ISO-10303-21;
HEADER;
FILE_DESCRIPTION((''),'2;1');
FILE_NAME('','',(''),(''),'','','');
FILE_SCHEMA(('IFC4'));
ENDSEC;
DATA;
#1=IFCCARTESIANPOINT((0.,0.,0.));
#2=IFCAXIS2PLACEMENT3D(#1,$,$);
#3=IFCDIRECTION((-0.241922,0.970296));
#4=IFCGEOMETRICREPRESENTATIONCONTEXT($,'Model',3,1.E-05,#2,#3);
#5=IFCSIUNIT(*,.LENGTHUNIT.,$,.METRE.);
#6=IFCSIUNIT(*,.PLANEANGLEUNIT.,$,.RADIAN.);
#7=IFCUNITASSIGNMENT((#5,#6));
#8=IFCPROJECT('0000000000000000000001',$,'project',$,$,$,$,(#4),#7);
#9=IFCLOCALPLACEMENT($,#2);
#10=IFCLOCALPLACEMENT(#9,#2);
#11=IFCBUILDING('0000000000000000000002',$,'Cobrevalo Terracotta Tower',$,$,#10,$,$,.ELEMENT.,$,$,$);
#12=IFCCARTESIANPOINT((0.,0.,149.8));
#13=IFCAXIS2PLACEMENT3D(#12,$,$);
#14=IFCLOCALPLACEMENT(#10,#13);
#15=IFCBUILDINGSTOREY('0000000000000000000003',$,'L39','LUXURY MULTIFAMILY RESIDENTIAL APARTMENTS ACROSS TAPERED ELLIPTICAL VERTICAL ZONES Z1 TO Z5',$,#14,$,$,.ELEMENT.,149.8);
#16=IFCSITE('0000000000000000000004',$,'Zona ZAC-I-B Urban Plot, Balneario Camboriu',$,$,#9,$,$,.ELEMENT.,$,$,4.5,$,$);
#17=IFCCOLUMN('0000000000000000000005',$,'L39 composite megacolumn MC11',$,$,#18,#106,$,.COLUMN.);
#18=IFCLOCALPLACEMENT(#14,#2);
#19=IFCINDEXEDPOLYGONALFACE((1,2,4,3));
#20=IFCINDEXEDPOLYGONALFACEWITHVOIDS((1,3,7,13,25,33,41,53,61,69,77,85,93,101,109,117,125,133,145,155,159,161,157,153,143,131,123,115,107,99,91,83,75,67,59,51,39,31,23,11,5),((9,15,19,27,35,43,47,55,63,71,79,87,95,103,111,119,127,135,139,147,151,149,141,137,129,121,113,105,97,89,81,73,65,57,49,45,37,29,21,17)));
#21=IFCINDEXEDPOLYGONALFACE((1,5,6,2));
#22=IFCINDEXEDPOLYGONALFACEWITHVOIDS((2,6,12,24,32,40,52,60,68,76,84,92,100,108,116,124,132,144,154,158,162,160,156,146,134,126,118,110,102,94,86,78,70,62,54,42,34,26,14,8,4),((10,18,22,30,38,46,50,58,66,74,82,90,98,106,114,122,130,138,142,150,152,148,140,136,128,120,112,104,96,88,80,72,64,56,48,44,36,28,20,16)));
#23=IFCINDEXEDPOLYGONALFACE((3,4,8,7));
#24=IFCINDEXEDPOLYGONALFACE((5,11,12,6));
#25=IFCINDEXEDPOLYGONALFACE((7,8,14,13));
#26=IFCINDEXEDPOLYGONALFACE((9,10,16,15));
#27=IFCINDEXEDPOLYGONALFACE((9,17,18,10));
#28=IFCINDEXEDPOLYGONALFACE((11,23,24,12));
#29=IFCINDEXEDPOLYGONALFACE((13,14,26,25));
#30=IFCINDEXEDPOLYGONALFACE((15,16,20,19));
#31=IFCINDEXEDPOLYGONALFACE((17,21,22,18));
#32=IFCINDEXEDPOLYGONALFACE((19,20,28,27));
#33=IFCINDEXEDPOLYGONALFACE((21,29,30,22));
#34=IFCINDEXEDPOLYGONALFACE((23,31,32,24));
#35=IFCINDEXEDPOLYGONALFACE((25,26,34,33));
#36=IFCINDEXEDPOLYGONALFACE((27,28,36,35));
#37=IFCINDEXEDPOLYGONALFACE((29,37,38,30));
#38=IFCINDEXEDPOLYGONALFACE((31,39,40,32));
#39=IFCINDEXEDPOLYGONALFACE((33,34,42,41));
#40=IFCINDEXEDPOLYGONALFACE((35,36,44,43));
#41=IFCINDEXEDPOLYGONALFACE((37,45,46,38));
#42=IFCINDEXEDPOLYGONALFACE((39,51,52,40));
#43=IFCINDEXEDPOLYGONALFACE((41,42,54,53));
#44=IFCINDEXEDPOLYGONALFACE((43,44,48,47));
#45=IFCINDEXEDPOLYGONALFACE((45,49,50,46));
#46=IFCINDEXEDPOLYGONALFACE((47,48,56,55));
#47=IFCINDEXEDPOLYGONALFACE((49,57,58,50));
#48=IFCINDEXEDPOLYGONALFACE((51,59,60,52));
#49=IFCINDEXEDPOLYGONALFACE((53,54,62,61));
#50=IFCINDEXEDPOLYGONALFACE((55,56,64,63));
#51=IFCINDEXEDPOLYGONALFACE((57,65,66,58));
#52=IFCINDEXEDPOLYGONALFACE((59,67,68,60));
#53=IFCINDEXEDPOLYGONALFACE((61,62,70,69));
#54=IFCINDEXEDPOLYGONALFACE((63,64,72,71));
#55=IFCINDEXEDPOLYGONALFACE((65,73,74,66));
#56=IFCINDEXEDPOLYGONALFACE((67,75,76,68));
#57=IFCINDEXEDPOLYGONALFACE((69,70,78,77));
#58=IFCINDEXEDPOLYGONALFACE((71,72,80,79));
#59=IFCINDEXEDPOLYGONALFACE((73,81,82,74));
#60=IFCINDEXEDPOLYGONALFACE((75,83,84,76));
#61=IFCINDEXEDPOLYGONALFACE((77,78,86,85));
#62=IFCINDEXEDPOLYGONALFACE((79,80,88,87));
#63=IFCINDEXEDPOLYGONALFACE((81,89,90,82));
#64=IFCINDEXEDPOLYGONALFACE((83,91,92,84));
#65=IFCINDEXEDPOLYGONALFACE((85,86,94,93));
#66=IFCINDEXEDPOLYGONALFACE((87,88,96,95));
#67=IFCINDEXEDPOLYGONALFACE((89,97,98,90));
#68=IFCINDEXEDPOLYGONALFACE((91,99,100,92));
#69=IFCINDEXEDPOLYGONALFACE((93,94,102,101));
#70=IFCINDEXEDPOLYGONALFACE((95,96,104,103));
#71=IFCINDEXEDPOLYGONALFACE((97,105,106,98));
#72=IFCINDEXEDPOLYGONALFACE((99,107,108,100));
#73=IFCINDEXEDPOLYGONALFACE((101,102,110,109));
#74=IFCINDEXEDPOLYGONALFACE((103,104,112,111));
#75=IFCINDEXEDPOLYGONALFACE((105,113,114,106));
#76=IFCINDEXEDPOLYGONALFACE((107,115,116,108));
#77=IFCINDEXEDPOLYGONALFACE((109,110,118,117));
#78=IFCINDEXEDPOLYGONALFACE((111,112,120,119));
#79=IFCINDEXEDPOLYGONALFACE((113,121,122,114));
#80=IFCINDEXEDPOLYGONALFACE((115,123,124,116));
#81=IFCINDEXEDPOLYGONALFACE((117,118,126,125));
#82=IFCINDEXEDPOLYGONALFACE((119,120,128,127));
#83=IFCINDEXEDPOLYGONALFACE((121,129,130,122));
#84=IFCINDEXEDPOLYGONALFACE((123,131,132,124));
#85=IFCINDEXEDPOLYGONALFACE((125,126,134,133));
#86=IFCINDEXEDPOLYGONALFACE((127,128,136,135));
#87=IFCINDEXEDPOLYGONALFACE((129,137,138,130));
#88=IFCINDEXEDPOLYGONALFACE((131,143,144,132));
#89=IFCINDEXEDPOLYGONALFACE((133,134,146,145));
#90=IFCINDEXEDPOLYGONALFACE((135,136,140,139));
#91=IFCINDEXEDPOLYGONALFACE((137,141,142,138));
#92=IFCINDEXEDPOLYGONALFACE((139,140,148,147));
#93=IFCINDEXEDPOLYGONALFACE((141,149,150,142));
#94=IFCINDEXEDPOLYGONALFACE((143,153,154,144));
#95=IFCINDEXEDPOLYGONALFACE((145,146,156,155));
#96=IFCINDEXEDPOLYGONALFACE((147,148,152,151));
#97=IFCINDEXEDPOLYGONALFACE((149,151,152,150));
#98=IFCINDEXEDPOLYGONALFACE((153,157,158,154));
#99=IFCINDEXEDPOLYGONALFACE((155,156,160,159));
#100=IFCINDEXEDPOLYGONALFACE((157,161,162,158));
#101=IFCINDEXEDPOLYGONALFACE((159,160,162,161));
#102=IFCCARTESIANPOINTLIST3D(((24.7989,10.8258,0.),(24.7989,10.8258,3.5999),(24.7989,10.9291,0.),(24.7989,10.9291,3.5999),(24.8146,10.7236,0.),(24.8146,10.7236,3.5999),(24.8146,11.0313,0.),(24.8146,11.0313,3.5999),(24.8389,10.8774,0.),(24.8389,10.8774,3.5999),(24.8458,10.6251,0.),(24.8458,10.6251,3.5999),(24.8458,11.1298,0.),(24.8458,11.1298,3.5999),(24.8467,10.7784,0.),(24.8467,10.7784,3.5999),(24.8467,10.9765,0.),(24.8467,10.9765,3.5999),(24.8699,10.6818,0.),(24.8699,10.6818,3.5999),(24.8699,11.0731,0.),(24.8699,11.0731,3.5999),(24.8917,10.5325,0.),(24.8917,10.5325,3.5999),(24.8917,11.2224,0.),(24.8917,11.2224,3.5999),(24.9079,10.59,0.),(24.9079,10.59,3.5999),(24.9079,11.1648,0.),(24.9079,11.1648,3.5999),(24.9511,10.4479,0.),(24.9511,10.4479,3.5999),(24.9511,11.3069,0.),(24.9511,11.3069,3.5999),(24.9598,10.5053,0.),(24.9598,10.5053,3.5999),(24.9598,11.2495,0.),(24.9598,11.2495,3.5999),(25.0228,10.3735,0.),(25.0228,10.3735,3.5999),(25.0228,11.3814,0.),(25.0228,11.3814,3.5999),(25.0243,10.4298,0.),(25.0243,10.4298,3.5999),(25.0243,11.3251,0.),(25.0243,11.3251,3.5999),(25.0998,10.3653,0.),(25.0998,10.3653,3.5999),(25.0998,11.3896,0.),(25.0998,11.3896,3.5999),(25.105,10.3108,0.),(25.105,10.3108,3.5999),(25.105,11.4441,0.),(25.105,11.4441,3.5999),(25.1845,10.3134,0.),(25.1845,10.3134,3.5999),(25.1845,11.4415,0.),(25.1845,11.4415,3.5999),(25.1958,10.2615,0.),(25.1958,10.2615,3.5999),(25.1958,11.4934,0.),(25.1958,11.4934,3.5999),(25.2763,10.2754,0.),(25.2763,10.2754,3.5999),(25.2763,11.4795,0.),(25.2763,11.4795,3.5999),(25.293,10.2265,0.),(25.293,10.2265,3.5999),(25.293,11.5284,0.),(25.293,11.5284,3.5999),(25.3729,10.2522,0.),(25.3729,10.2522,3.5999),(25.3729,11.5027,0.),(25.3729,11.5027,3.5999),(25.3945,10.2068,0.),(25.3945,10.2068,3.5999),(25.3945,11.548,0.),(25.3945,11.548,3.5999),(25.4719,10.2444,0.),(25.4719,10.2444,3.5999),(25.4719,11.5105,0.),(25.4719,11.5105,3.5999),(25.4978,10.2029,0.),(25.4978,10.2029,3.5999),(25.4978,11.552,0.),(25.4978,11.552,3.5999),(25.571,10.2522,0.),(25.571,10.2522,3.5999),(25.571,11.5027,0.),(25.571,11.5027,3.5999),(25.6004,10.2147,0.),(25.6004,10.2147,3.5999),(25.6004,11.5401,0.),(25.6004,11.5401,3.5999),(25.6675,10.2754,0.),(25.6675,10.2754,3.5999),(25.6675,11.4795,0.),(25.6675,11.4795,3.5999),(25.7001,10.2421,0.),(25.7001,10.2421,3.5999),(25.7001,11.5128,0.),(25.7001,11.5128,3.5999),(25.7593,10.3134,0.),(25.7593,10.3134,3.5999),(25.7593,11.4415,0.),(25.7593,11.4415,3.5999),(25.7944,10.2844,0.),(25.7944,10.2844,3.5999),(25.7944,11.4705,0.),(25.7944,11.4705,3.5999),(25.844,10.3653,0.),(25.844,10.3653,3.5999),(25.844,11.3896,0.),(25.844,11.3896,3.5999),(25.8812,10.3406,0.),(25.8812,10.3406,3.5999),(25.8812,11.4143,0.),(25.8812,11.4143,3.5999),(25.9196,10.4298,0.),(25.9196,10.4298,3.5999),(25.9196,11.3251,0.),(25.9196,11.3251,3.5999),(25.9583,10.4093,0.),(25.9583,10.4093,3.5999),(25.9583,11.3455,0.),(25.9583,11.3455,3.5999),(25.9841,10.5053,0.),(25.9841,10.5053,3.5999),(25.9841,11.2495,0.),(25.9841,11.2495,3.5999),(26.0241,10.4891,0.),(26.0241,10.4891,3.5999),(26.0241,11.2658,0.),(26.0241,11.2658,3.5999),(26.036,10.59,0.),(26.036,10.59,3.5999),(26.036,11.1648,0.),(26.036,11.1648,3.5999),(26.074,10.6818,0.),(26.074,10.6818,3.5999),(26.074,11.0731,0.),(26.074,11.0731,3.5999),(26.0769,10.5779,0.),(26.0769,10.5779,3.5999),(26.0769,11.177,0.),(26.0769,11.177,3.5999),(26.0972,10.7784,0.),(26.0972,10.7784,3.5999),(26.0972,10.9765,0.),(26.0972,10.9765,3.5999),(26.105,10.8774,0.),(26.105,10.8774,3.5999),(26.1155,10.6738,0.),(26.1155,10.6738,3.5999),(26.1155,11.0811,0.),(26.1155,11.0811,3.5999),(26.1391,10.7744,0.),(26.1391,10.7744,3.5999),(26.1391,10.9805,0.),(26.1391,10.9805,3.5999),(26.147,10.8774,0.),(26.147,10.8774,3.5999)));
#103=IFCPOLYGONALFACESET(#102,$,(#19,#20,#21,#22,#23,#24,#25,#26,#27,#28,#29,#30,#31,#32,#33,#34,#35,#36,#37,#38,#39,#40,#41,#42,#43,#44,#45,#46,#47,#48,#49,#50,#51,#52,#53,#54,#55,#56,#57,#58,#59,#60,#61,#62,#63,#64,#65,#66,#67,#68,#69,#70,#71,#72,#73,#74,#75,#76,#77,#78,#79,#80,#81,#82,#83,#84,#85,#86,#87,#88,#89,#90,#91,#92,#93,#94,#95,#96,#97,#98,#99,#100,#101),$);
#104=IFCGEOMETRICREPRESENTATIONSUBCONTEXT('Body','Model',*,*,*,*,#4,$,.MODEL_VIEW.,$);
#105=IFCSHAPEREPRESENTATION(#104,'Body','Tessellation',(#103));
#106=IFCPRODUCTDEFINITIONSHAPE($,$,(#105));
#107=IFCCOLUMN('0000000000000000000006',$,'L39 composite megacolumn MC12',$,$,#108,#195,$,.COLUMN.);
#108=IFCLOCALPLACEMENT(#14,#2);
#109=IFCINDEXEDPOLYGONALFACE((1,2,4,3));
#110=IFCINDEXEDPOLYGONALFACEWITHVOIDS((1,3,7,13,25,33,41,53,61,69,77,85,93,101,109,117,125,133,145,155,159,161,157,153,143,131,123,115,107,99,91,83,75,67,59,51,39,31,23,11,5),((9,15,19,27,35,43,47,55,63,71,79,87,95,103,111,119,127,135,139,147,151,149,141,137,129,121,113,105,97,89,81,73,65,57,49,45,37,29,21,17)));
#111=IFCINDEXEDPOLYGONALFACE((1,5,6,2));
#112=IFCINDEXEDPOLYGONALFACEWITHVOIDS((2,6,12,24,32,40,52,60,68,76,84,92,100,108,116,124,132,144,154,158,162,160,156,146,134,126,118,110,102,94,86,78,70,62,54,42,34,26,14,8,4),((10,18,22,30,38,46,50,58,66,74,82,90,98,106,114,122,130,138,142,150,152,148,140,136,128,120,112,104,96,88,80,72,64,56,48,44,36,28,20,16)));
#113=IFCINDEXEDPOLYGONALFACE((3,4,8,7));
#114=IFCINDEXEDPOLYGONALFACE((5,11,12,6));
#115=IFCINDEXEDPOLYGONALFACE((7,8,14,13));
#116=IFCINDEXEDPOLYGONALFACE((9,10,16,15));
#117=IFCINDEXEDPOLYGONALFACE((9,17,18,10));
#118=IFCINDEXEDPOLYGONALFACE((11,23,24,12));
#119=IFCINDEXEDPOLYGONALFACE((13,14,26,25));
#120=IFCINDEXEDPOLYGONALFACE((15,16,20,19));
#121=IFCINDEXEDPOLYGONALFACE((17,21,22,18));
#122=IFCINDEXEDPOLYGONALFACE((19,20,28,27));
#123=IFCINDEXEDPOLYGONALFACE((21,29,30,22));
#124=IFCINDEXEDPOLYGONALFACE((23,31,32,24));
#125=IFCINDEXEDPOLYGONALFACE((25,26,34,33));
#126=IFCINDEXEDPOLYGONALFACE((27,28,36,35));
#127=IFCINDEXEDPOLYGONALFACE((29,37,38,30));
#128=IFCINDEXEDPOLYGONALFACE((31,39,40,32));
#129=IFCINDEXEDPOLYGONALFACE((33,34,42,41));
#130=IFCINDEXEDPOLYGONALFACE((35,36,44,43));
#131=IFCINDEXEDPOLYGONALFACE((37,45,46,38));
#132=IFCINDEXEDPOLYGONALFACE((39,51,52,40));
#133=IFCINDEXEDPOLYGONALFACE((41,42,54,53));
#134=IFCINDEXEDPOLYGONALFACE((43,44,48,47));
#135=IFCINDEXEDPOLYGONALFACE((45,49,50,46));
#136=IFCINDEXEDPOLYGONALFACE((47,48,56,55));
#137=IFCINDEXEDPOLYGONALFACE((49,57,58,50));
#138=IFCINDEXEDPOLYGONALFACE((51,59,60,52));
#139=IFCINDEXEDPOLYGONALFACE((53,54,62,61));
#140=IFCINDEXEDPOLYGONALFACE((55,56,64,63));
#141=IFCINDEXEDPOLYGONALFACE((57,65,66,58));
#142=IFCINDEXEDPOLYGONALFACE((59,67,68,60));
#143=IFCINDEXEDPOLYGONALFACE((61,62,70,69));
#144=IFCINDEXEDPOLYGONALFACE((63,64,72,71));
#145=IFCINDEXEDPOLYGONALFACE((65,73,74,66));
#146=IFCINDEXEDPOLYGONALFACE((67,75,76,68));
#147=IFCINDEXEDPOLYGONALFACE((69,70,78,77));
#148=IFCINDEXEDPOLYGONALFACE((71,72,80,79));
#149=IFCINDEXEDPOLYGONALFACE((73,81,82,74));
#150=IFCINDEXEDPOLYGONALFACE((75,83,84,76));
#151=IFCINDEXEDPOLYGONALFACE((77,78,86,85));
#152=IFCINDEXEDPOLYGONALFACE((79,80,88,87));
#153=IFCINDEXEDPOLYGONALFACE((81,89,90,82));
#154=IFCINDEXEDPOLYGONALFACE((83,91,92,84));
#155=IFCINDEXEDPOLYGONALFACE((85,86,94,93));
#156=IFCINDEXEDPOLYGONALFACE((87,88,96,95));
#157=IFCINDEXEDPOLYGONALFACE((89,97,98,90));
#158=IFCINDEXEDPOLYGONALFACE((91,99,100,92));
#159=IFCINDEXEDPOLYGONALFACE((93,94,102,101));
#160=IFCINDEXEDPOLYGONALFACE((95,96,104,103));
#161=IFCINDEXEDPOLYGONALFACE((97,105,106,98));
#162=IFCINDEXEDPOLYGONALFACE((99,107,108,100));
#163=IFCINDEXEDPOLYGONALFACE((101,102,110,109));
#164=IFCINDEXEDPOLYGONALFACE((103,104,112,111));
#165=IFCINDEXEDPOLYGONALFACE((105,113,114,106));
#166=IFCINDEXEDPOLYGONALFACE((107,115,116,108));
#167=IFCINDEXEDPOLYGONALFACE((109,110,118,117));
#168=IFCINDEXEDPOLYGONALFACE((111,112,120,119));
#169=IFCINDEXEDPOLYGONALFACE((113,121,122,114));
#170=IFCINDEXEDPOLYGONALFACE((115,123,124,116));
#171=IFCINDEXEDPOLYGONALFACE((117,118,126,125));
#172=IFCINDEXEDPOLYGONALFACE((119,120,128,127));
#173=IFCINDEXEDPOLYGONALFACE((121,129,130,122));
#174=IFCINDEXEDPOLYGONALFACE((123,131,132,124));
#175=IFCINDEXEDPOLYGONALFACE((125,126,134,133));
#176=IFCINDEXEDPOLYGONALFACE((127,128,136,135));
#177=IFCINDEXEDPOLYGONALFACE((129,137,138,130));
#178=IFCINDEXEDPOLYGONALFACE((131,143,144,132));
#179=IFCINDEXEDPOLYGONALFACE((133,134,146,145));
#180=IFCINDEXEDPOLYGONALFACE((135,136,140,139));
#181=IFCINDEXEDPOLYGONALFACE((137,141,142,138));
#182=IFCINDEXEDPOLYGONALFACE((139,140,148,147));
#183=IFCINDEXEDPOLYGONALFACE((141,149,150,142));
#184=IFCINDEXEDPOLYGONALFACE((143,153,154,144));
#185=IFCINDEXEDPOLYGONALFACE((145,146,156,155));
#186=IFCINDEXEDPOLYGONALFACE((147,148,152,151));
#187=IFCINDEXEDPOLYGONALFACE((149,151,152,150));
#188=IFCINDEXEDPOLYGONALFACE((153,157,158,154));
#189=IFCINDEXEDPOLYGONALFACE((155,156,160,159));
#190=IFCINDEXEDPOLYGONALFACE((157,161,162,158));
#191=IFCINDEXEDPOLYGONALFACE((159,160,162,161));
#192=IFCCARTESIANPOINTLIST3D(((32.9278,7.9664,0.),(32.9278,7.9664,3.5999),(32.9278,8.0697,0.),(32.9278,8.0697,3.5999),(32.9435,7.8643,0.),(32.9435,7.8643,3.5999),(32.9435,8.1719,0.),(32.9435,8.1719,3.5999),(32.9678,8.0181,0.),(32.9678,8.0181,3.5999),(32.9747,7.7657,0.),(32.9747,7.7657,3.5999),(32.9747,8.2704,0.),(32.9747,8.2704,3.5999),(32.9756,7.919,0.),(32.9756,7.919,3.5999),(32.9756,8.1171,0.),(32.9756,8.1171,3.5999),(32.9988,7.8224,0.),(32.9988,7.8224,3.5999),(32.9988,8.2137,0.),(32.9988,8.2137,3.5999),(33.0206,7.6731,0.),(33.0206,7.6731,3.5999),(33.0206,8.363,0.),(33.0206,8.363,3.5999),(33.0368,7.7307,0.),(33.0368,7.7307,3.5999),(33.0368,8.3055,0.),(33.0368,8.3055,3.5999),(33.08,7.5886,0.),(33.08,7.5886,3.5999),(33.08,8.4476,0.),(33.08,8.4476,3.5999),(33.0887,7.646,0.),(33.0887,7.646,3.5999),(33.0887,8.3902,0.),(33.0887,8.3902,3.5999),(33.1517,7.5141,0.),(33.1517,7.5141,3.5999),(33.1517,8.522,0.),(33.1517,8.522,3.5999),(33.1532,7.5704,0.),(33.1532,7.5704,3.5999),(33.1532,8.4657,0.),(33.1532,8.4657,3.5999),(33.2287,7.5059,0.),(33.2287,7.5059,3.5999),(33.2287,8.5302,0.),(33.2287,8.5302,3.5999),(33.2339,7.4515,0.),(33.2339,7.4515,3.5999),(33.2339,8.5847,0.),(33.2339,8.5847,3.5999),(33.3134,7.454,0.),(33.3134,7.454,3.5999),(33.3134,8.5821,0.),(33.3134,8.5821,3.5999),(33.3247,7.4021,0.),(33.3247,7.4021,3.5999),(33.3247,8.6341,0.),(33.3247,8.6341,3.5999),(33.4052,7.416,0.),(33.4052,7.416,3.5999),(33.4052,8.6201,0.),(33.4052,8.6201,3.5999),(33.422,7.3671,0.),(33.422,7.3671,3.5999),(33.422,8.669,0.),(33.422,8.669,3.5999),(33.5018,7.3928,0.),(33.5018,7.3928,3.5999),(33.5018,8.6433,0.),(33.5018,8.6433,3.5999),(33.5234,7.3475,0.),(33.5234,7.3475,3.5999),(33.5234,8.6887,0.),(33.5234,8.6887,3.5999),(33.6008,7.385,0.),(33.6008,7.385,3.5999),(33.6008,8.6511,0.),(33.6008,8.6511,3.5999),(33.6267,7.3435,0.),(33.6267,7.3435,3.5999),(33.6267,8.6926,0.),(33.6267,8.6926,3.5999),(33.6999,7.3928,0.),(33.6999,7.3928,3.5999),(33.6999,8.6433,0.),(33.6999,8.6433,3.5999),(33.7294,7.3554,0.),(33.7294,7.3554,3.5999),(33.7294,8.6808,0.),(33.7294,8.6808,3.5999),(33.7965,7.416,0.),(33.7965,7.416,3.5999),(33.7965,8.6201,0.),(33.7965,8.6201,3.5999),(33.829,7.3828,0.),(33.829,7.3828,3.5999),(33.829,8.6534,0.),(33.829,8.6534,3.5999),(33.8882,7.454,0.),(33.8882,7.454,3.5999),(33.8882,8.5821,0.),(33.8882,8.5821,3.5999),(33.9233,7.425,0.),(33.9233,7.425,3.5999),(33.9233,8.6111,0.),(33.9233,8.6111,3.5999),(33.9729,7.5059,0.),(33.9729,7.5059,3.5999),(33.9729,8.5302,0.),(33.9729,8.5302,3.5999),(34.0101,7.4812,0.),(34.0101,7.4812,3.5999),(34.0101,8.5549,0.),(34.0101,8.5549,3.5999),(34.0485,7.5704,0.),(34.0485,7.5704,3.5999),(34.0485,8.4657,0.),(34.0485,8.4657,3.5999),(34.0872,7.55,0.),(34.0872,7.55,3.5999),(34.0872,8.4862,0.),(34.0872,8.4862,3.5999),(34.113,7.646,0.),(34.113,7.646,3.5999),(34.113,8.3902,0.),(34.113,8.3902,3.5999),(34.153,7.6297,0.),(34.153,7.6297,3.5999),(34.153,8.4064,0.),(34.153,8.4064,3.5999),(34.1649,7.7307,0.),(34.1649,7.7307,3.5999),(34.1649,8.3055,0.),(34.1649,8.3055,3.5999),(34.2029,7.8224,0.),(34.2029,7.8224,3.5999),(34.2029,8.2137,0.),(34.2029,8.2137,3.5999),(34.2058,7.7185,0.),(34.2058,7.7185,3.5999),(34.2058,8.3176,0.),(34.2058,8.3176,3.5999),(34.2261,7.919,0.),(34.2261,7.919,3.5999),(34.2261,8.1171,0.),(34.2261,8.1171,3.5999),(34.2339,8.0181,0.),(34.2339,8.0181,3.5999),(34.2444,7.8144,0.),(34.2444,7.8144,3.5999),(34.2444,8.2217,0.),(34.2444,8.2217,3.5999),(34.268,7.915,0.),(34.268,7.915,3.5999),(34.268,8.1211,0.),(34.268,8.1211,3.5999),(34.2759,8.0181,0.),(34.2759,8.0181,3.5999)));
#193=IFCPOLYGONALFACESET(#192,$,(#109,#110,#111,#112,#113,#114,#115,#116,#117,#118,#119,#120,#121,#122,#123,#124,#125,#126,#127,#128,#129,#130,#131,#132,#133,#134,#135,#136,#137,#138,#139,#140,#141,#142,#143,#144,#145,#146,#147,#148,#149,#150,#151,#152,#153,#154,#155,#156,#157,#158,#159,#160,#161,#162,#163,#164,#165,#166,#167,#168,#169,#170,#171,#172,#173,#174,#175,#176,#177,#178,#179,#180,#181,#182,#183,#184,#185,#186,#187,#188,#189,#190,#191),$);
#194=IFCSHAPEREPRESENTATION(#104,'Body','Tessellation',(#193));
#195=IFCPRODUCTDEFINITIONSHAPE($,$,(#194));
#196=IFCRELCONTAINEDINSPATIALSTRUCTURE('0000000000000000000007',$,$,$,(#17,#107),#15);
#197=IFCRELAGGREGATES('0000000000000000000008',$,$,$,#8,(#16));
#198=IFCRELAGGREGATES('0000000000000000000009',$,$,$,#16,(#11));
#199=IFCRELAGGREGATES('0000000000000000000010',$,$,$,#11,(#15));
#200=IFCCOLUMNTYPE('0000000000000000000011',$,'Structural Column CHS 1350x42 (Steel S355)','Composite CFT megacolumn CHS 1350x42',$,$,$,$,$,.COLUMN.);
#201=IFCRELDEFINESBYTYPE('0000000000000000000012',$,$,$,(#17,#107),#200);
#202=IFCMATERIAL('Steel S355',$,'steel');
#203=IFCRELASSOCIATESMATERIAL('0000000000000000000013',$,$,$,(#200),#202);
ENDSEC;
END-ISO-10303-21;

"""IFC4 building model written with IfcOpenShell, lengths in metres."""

from ifc_helpers import new_model, si_unit, direction, frame, origin, origin_2d, place, context, subcontext, project, spatial, hollow_circle, extrude, material, material_profile, profile_set, type_object, element, save


model = new_model("IFC4")

# Units and contexts
model_context = context("Model", 3, precision=1e-05, world=origin(), true_north=direction((-0.241922, 0.970296)))
body_context = subcontext(model_context, "Body", "Model", "MODEL_VIEW")
ifc_project = project(units=[si_unit("LENGTHUNIT", "METRE"), si_unit("PLANEANGLEUNIT", "RADIAN")], contexts=[model_context])

# Site, building, storey
site_placement = place(None, origin())
site = spatial("IfcSite", under=ifc_project, at=site_placement, Name="Zona ZAC-I-B Urban Plot, Balneario Camboriu", CompositionType="ELEMENT", RefElevation=4.5)
building_placement = place(site_placement, origin())
building = spatial("IfcBuilding", under=site, at=building_placement, Name="Cobrevalo Terracotta Tower", CompositionType="ELEMENT")
storey_placement = place(building_placement, frame((0.0, 0.0, 149.8)))
storey = spatial("IfcBuildingStorey", under=building, at=storey_placement, Name="L39", Description="LUXURY MULTIFAMILY RESIDENTIAL APARTMENTS ACROSS TAPERED ELLIPTICAL VERTICAL ZONES Z1 TO Z5", CompositionType="ELEMENT", Elevation=149.8)

# Columns
ifc_material_1 = material(Name="Steel S355", Category="steel")
ifc_material_profile_1 = material_profile(ifc_material_1, hollow_circle(Radius=0.675, WallThickness=0.042, at=origin_2d()), Name="CHS 1350x42")
ifc_profile_set_1 = profile_set([ifc_material_profile_1], Name="Steel S355")
column_type = type_object("IfcColumnType", Name="Structural Column CHS 1350x42 (Steel S355)", Description="Composite CFT megacolumn CHS 1350x42", PredefinedType="COLUMN", material=ifc_profile_set_1)
for number, where, z_axis, x_axis, name in (
    (1, (25.4719, 10.8774, 0.0), (0.0, 0.0, 1.0), (1.0, 0.0, 0.0), "L39 composite megacolumn MC11"),
    (2, (33.6008, 8.0181, 0.0), (0.0, 0.0, 1.0), (1.0, 0.0, 0.0), "L39 composite megacolumn MC12"),
):
    element("IfcColumn", number, at=place(storey_placement, frame(where, z_axis=z_axis, x_axis=x_axis)), inside=storey, type_object=column_type, Name=name, PredefinedType="COLUMN", context=body_context, shape_type="SweptSolid", body=[
        extrude(hollow_circle(Radius=0.675, WallThickness=0.042, at=origin_2d()), origin(), (0.0, 0.0, 1.0), 3.5999),
    ])

save(model, "model.ifc")
